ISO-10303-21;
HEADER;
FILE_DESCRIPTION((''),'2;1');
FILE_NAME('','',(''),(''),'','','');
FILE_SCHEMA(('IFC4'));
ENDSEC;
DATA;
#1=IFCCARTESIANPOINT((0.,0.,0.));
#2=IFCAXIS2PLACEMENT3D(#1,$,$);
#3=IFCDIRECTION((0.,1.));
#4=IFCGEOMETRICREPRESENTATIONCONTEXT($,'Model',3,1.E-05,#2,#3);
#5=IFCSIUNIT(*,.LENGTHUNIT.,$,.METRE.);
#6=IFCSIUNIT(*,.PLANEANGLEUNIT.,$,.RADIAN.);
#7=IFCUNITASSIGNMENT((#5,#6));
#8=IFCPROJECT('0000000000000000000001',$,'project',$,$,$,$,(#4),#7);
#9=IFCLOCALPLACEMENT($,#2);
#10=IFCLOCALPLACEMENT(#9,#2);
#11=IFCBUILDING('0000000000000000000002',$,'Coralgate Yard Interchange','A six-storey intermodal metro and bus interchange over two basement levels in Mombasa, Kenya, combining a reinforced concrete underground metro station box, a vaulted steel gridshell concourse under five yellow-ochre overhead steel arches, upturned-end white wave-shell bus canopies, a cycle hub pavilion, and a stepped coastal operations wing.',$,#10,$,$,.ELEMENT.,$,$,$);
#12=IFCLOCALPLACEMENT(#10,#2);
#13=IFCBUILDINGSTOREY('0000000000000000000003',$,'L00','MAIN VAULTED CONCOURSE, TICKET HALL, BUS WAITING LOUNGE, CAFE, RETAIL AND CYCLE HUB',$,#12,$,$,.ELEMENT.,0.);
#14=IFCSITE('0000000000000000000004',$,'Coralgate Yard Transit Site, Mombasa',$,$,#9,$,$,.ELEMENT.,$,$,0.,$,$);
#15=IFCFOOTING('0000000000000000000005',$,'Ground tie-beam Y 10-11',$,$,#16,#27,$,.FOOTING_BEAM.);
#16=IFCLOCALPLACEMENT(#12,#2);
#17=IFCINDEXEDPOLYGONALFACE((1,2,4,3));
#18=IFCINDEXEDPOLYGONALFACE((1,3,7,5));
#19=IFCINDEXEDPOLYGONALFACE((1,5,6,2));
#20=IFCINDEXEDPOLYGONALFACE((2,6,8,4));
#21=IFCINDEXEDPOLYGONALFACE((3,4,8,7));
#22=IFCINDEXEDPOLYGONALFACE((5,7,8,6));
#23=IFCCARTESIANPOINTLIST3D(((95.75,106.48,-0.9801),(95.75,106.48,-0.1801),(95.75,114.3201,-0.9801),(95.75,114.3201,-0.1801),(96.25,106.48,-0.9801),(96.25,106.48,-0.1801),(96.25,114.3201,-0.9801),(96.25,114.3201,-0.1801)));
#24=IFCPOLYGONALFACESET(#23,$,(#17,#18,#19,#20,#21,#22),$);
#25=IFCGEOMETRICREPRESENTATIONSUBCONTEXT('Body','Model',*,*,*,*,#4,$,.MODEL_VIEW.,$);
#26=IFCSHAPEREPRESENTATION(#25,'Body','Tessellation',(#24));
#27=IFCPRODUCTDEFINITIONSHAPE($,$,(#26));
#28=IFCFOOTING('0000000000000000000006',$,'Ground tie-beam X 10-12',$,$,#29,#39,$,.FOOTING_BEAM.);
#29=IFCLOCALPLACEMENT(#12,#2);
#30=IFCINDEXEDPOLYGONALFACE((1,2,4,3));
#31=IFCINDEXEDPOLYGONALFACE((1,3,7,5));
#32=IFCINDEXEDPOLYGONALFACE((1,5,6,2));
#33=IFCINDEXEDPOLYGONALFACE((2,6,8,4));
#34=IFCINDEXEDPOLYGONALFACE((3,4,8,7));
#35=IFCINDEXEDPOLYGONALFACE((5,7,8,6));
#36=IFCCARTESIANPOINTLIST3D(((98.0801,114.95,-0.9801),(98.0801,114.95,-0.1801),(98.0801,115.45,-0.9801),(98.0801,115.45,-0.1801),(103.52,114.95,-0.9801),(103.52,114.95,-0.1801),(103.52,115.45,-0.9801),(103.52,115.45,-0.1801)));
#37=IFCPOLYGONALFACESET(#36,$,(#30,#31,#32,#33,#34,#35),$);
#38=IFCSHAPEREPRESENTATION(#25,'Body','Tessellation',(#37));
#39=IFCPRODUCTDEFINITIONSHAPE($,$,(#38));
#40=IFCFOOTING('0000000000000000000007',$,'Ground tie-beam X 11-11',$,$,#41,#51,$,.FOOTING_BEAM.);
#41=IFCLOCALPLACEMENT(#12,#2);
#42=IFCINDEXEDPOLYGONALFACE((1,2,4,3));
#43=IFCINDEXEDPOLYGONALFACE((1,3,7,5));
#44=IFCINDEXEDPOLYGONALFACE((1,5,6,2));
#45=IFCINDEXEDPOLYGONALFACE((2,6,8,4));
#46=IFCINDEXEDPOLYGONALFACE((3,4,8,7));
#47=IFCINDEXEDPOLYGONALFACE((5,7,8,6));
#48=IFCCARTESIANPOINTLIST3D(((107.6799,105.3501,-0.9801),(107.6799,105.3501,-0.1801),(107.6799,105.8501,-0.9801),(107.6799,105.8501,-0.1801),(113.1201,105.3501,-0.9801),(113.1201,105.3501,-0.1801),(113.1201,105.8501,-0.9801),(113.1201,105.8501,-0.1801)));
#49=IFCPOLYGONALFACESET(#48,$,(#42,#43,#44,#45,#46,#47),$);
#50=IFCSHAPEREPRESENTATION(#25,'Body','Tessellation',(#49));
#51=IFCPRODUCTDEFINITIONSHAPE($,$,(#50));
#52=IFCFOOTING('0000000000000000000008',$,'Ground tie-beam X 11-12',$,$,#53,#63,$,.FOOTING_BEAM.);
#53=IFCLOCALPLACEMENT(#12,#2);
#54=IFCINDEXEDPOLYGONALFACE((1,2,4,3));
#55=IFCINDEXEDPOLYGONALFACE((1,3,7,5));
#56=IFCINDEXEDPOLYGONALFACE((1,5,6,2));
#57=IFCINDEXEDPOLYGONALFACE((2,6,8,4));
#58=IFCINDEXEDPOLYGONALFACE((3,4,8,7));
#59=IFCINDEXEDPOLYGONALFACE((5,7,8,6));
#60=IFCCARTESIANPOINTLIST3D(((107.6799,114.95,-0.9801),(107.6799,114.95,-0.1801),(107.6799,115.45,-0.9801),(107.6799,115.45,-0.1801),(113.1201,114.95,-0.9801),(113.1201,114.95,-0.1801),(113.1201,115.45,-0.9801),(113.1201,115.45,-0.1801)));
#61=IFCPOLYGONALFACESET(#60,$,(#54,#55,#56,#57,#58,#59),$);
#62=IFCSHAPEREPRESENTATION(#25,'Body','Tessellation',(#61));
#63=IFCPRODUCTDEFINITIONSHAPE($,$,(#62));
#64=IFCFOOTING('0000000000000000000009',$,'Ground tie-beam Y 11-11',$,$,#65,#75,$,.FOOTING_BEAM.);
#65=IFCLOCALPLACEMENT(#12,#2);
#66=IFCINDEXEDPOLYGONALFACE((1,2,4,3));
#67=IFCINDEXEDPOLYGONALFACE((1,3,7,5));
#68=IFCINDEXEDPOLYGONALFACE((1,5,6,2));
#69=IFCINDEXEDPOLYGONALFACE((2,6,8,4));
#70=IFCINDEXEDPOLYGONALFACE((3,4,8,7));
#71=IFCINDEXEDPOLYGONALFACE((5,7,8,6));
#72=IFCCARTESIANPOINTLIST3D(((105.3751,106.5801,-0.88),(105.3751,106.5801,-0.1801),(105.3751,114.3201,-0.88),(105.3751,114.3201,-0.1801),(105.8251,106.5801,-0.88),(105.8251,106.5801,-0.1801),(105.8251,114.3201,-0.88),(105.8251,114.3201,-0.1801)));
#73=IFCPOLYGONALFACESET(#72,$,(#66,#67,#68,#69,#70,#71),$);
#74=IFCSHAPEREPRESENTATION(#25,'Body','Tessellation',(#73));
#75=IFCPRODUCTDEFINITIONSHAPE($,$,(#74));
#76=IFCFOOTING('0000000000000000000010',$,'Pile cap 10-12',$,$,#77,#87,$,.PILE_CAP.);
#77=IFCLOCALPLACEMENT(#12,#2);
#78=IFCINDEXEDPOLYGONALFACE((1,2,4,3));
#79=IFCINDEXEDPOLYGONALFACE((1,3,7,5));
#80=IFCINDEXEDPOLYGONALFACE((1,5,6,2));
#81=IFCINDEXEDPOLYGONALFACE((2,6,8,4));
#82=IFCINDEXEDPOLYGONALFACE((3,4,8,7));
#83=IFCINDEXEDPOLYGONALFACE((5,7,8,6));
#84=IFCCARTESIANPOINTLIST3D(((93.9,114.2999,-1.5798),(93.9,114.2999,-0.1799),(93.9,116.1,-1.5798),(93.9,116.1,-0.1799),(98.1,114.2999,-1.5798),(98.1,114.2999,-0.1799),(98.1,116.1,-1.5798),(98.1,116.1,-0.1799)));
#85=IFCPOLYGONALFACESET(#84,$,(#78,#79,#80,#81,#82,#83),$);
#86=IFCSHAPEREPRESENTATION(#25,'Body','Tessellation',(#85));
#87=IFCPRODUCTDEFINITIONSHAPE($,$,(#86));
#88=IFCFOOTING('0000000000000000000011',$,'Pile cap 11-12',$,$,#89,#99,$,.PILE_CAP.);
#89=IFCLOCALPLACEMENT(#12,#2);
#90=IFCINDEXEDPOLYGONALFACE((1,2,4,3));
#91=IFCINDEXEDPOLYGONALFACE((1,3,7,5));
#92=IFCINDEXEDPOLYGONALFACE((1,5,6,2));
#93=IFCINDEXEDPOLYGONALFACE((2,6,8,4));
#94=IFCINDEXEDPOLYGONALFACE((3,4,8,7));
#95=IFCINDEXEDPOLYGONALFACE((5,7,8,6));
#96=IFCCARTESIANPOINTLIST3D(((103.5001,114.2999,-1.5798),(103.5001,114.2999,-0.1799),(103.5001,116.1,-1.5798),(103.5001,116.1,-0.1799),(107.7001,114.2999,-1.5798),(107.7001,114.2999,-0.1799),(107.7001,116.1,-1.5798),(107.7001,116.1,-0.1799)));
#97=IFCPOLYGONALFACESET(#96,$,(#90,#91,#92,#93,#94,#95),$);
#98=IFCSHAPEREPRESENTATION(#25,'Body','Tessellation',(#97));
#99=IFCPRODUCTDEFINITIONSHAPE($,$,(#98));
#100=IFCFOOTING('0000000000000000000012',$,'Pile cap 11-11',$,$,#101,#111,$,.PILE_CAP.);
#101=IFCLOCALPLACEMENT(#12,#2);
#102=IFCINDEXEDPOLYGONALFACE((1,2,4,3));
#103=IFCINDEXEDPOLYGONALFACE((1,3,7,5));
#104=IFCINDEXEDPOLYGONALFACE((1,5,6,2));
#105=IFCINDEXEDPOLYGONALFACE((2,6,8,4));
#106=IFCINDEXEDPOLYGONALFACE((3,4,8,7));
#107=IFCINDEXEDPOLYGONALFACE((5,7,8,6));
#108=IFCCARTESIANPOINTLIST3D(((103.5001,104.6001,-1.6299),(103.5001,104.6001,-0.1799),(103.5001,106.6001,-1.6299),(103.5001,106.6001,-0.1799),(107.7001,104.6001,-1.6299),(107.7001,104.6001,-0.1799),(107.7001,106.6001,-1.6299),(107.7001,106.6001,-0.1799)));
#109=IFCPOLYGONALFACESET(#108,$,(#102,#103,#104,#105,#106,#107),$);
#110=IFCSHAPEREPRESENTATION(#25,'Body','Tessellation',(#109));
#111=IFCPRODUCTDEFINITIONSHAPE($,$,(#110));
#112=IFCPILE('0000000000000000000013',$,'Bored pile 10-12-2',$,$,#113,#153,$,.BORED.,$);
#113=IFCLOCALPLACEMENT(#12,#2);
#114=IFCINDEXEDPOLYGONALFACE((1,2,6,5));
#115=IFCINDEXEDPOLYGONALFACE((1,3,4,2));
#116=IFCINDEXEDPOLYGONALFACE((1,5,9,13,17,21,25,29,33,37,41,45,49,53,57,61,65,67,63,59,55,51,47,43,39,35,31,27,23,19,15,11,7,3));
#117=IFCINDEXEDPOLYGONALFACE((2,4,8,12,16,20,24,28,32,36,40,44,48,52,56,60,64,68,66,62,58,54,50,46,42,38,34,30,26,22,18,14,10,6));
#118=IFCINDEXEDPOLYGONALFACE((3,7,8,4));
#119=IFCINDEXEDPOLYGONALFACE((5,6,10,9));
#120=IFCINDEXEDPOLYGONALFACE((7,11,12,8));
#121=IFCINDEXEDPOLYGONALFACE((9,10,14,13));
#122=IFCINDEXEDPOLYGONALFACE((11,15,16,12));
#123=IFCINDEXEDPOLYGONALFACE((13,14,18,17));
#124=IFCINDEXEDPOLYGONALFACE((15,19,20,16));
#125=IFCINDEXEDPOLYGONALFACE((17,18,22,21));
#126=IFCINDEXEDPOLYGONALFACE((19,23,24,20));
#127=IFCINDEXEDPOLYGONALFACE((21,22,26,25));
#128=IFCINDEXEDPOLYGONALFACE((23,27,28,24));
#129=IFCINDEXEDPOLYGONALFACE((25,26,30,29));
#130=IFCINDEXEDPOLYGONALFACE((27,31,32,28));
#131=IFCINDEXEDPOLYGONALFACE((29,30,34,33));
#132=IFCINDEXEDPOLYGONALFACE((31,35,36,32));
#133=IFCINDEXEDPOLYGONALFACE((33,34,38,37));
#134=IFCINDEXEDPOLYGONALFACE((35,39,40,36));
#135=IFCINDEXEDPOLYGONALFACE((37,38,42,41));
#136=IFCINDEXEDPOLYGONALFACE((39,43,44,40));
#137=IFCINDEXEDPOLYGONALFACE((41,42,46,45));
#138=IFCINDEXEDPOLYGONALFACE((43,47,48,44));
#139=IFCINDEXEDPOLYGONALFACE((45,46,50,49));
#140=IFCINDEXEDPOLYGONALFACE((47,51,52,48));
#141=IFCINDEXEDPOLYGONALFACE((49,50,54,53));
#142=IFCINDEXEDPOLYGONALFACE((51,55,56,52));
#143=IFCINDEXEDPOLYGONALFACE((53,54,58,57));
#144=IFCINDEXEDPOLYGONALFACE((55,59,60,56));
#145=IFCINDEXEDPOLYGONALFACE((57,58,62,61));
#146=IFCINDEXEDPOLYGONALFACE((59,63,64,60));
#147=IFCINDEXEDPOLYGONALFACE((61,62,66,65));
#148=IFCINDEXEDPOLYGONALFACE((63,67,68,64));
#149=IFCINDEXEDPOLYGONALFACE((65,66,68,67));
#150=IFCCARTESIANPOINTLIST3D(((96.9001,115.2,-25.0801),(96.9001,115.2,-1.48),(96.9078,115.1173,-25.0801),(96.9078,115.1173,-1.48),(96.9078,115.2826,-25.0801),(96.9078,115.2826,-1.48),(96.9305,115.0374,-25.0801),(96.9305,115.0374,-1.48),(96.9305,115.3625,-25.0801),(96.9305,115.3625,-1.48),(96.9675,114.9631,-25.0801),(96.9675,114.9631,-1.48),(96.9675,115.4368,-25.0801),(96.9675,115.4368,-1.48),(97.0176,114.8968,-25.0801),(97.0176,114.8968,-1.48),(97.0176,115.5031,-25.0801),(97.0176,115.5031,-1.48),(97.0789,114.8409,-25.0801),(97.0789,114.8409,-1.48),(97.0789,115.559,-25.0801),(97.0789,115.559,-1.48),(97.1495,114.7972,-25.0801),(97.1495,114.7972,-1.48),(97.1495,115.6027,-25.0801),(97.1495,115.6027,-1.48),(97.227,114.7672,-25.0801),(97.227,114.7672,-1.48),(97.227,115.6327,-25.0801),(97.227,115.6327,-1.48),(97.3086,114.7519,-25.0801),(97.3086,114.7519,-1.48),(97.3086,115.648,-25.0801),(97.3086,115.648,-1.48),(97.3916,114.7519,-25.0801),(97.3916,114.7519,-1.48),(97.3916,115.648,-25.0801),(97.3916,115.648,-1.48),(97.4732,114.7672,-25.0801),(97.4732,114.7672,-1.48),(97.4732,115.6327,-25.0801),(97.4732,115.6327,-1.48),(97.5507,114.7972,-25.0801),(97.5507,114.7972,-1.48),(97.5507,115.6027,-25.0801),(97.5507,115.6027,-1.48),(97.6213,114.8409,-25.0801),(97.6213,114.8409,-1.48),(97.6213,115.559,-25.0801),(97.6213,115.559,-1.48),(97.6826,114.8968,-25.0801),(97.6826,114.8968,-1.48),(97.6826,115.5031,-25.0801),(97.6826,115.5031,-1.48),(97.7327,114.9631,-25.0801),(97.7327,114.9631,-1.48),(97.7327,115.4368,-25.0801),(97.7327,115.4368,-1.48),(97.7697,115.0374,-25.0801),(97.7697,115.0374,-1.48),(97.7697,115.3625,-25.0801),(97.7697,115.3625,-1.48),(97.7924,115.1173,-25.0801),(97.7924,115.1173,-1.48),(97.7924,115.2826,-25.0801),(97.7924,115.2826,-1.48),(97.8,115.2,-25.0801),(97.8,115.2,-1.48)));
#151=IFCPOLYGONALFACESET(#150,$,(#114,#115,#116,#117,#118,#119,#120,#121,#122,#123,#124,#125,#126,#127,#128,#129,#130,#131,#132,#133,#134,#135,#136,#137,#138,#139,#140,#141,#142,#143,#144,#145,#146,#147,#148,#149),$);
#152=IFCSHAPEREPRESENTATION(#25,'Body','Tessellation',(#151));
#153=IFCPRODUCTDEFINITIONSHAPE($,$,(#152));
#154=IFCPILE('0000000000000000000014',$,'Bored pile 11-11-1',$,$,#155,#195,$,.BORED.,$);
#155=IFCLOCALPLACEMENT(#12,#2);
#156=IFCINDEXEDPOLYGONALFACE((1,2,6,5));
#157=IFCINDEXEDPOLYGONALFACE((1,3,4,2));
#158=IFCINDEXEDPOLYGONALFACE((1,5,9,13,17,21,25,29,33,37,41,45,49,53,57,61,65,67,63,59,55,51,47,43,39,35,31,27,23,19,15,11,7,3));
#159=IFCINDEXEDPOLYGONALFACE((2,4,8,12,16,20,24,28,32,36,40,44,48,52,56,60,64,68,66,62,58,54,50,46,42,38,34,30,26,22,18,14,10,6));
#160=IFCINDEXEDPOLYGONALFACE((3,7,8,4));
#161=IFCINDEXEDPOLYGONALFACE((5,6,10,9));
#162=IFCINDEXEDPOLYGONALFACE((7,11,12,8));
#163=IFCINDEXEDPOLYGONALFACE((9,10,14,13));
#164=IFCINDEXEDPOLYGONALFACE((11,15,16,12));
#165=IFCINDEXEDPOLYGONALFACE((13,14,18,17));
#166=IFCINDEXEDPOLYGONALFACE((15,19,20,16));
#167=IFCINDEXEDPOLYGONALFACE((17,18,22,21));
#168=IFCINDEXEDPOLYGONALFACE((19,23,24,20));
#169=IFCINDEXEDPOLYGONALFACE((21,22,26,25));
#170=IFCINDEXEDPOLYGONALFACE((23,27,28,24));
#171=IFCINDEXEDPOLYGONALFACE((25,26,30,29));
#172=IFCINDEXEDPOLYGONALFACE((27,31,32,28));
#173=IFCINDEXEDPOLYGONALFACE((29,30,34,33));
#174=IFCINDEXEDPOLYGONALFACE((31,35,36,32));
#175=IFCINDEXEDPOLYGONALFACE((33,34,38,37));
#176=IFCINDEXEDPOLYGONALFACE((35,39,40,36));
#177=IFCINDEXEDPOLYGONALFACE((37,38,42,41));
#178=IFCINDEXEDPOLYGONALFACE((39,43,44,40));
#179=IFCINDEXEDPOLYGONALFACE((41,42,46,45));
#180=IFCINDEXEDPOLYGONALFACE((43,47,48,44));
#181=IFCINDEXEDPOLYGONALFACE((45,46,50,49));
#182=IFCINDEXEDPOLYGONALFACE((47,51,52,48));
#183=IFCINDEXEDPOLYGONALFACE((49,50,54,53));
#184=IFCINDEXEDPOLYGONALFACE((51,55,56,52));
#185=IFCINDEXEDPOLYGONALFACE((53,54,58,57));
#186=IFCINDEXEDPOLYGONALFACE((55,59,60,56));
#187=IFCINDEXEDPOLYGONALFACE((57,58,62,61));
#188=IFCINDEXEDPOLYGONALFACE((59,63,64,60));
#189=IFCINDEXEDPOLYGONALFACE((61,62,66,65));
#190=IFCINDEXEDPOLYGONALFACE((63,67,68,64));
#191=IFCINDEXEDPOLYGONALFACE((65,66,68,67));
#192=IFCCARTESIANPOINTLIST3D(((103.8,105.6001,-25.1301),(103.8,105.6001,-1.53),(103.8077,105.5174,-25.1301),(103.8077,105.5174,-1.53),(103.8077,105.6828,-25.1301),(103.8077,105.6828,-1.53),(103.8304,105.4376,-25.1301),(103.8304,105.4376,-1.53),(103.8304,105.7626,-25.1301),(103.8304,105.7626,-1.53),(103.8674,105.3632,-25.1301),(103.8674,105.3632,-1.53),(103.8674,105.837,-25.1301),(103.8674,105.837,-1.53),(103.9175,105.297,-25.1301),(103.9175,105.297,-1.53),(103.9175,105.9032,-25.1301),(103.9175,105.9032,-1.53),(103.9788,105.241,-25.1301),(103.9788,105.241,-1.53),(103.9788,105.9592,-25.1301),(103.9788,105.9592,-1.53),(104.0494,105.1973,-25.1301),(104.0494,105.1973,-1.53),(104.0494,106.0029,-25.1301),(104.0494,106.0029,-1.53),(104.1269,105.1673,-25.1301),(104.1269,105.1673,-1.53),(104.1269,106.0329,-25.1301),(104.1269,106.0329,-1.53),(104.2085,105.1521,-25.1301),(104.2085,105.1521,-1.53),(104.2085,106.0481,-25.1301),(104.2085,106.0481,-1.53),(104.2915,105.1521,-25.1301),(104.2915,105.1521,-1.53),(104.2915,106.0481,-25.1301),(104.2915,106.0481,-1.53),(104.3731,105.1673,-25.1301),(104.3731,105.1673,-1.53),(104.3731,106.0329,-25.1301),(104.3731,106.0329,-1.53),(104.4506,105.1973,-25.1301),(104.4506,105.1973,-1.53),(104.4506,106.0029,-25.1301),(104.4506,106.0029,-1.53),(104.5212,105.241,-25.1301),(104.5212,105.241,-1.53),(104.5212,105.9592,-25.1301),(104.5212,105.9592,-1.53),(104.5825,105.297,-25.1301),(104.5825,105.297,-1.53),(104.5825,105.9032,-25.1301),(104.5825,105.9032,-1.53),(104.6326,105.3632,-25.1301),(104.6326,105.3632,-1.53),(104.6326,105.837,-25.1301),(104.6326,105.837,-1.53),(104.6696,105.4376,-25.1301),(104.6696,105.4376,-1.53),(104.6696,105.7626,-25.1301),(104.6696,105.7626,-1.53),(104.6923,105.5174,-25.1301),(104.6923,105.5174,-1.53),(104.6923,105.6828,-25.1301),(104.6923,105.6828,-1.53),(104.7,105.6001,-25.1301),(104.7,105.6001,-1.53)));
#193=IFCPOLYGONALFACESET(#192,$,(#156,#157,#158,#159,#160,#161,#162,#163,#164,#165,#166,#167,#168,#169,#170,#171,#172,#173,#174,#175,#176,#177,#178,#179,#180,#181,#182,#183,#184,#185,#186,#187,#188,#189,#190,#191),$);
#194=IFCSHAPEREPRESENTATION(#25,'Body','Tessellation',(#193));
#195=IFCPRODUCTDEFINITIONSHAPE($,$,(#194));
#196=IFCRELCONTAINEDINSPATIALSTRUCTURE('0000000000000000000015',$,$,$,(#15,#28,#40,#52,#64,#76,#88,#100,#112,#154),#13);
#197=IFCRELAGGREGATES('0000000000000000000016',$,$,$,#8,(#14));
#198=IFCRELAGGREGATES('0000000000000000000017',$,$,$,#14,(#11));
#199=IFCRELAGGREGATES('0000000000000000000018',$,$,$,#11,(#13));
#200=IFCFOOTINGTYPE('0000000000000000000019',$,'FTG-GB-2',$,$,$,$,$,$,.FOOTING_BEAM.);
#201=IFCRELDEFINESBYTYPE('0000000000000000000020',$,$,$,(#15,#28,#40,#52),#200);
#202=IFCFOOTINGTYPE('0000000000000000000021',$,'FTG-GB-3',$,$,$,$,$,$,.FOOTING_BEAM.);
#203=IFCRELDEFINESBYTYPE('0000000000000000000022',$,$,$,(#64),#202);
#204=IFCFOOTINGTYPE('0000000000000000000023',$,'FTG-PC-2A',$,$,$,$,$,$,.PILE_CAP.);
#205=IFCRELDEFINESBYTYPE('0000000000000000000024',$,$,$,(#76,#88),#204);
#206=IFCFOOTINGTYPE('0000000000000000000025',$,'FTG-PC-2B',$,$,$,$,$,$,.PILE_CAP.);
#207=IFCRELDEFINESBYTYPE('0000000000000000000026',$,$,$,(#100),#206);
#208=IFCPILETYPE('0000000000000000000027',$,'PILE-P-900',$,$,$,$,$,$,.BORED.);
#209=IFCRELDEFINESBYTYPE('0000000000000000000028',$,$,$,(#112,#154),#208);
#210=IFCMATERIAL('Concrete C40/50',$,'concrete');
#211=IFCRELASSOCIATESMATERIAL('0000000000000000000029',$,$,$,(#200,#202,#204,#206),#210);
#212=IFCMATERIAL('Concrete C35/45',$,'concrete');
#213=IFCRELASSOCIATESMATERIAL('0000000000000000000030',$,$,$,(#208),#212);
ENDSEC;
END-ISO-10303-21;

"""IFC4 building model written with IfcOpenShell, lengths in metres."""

from ifc_helpers import new_model, si_unit, direction, frame, origin, origin_2d, place, context, subcontext, project, spatial, rectangle, circle, extrude, material, material_profile, profile_set, type_object, element, save


model = new_model("IFC4")

# Units and contexts
model_context = context("Model", 3, precision=1e-05, world=origin(), true_north=direction((0.0, 1.0)))
body_context = subcontext(model_context, "Body", "Model", "MODEL_VIEW")
ifc_project = project(units=[si_unit("LENGTHUNIT", "METRE"), si_unit("PLANEANGLEUNIT", "RADIAN")], contexts=[model_context])

# Site, building, storey
site_placement = place(None, origin())
site = spatial("IfcSite", under=ifc_project, at=site_placement, Name="Coralgate Yard Transit Site, Mombasa", CompositionType="ELEMENT", RefElevation=0.0)
building_placement = place(site_placement, origin())
building = spatial("IfcBuilding", under=site, at=building_placement, Name="Coralgate Yard Interchange", Description="A six-storey intermodal metro and bus interchange over two basement levels in Mombasa, Kenya, combining a reinforced concrete underground metro station box, a vaulted steel gridshell concourse under five yellow-ochre overhead steel arches, upturned-end white wave-shell bus canopies, a cycle hub pavilion, and a stepped coastal operations wing.", CompositionType="ELEMENT")
storey_placement = place(building_placement, origin())
storey = spatial("IfcBuildingStorey", under=building, at=storey_placement, Name="L00", Description="MAIN VAULTED CONCOURSE, TICKET HALL, BUS WAITING LOUNGE, CAFE, RETAIL AND CYCLE HUB", CompositionType="ELEMENT", Elevation=0.0)

# Footings
ifc_material_1 = material(Name="Concrete C40/50", Category="concrete")
ifc_material_profile_1 = material_profile(ifc_material_1, rectangle(XDim=0.5, YDim=0.8, at=origin_2d()), Name="RC 500x800")
ifc_profile_set_1 = profile_set([ifc_material_profile_1], Name="Concrete C40/50")
footing_type_1 = type_object("IfcFootingType", Name="FTG-GB-2", PredefinedType="FOOTING_BEAM", material=ifc_profile_set_1)
footing_1_placement = place(storey_placement, frame((96.0, 106.48, -0.5801), z_axis=(0.0, 1.0, 0.0), x_axis=(-1.0, 0.0, 0.0)))
element("IfcFooting", 1, at=footing_1_placement, inside=storey, type_object=footing_type_1, Name="Ground tie-beam Y 10-11", PredefinedType="FOOTING_BEAM", context=body_context, shape_type="SweptSolid", body=[
    extrude(rectangle(XDim=0.5, YDim=0.8, at=origin_2d()), origin(), (0.0, 0.0, 1.0), 7.8401),
])
footing_2_placement = place(storey_placement, frame((98.0801, 115.2, -0.5801), z_axis=(1.0, 0.0, 0.0), x_axis=(0.0, 1.0, 0.0)))
element("IfcFooting", 2, at=footing_2_placement, inside=storey, type_object=footing_type_1, Name="Ground tie-beam X 10-12", PredefinedType="FOOTING_BEAM", context=body_context, shape_type="SweptSolid", body=[
    extrude(rectangle(XDim=0.5, YDim=0.8, at=origin_2d()), origin(), (0.0, 0.0, 1.0), 5.4399),
])
for number, where, z_axis, x_axis, name in (
    (3, (107.6799, 105.6001, -0.5801), (1.0, 0.0, 0.0), (0.0, 1.0, 0.0), "Ground tie-beam X 11-11"),
    (4, (107.6799, 115.2, -0.5801), (1.0, 0.0, 0.0), (0.0, 1.0, 0.0), "Ground tie-beam X 11-12"),
):
    element("IfcFooting", number, at=place(storey_placement, frame(where, z_axis=z_axis, x_axis=x_axis)), inside=storey, type_object=footing_type_1, Name=name, PredefinedType="FOOTING_BEAM", context=body_context, shape_type="SweptSolid", body=[
        extrude(rectangle(XDim=0.5, YDim=0.8, at=origin_2d()), origin(), (0.0, 0.0, 1.0), 5.4402),
    ])
ifc_material_profile_2 = material_profile(ifc_material_1, rectangle(XDim=0.45, YDim=0.7, at=origin_2d()), Name="RC 450x700")
ifc_profile_set_2 = profile_set([ifc_material_profile_2], Name="Concrete C40/50")
footing_type_2 = type_object("IfcFootingType", Name="FTG-GB-3", PredefinedType="FOOTING_BEAM", material=ifc_profile_set_2)
footing_3_placement = place(storey_placement, frame((105.6001, 106.5801, -0.53), z_axis=(0.0, 1.0, 0.0), x_axis=(-1.0, 0.0, 0.0)))
element("IfcFooting", 5, at=footing_3_placement, inside=storey, type_object=footing_type_2, Name="Ground tie-beam Y 11-11", PredefinedType="FOOTING_BEAM", context=body_context, shape_type="SweptSolid", body=[
    extrude(rectangle(XDim=0.45, YDim=0.7, at=origin_2d()), origin(), (0.0, 0.0, 1.0), 7.74),
])
footing_type_3 = type_object("IfcFootingType", Name="FTG-PC-2A", PredefinedType="PILE_CAP", material=ifc_material_1)
for number, where, z_axis, x_axis, name in (
    (6, (96.0, 115.2, -1.5798), (0.0, 0.0, 1.0), (1.0, 0.0, 0.0), "Pile cap 10-12"),
    (7, (105.6001, 115.2, -1.5798), (0.0, 0.0, 1.0), (1.0, 0.0, 0.0), "Pile cap 11-12"),
):
    element("IfcFooting", number, at=place(storey_placement, frame(where, z_axis=z_axis, x_axis=x_axis)), inside=storey, type_object=footing_type_3, Name=name, PredefinedType="PILE_CAP", context=body_context, shape_type="SweptSolid", body=[
        extrude(rectangle(XDim=4.2, YDim=1.8, at=origin_2d()), origin(), (0.0, 0.0, 1.0), 1.3999),
    ])
footing_type_4 = type_object("IfcFootingType", Name="FTG-PC-2B", PredefinedType="PILE_CAP", material=ifc_material_1)
footing_4_placement = place(storey_placement, frame((105.6001, 105.6001, -1.6299), z_axis=(0.0, 0.0, 1.0), x_axis=(1.0, 0.0, 0.0)))
element("IfcFooting", 8, at=footing_4_placement, inside=storey, type_object=footing_type_4, Name="Pile cap 11-11", PredefinedType="PILE_CAP", context=body_context, shape_type="SweptSolid", body=[
    extrude(rectangle(XDim=4.2, YDim=2.0, at=origin_2d()), origin(), (0.0, 0.0, 1.0), 1.45),
])

# Piles
ifc_material_2 = material(Name="Concrete C35/45", Category="concrete")
ifc_material_profile_3 = material_profile(ifc_material_2, circle(Radius=0.45, at=origin_2d()), Name="BORED PILE D900")
ifc_profile_set_3 = profile_set([ifc_material_profile_3], Name="Concrete C35/45")
pile_type = type_object("IfcPileType", Name="PILE-P-900", PredefinedType="BORED", material=ifc_profile_set_3)
for number, where, z_axis, x_axis, name in (
    (9, (97.3501, 115.2, -1.48), (0.0, 0.0, -1.0), (1.0, 0.0, 0.0), "Bored pile 10-12-2"),
    (10, (104.25, 105.6001, -1.53), (0.0, 0.0, -1.0), (1.0, 0.0, 0.0), "Bored pile 11-11-1"),
):
    element("IfcPile", number, at=place(storey_placement, frame(where, z_axis=z_axis, x_axis=x_axis)), inside=storey, type_object=pile_type, Name=name, PredefinedType="BORED", context=body_context, shape_type="SweptSolid", body=[
        extrude(circle(Radius=0.45, at=origin_2d()), origin(), (0.0, 0.0, 1.0), 23.6001),
    ])

save(model, "model.ifc")
